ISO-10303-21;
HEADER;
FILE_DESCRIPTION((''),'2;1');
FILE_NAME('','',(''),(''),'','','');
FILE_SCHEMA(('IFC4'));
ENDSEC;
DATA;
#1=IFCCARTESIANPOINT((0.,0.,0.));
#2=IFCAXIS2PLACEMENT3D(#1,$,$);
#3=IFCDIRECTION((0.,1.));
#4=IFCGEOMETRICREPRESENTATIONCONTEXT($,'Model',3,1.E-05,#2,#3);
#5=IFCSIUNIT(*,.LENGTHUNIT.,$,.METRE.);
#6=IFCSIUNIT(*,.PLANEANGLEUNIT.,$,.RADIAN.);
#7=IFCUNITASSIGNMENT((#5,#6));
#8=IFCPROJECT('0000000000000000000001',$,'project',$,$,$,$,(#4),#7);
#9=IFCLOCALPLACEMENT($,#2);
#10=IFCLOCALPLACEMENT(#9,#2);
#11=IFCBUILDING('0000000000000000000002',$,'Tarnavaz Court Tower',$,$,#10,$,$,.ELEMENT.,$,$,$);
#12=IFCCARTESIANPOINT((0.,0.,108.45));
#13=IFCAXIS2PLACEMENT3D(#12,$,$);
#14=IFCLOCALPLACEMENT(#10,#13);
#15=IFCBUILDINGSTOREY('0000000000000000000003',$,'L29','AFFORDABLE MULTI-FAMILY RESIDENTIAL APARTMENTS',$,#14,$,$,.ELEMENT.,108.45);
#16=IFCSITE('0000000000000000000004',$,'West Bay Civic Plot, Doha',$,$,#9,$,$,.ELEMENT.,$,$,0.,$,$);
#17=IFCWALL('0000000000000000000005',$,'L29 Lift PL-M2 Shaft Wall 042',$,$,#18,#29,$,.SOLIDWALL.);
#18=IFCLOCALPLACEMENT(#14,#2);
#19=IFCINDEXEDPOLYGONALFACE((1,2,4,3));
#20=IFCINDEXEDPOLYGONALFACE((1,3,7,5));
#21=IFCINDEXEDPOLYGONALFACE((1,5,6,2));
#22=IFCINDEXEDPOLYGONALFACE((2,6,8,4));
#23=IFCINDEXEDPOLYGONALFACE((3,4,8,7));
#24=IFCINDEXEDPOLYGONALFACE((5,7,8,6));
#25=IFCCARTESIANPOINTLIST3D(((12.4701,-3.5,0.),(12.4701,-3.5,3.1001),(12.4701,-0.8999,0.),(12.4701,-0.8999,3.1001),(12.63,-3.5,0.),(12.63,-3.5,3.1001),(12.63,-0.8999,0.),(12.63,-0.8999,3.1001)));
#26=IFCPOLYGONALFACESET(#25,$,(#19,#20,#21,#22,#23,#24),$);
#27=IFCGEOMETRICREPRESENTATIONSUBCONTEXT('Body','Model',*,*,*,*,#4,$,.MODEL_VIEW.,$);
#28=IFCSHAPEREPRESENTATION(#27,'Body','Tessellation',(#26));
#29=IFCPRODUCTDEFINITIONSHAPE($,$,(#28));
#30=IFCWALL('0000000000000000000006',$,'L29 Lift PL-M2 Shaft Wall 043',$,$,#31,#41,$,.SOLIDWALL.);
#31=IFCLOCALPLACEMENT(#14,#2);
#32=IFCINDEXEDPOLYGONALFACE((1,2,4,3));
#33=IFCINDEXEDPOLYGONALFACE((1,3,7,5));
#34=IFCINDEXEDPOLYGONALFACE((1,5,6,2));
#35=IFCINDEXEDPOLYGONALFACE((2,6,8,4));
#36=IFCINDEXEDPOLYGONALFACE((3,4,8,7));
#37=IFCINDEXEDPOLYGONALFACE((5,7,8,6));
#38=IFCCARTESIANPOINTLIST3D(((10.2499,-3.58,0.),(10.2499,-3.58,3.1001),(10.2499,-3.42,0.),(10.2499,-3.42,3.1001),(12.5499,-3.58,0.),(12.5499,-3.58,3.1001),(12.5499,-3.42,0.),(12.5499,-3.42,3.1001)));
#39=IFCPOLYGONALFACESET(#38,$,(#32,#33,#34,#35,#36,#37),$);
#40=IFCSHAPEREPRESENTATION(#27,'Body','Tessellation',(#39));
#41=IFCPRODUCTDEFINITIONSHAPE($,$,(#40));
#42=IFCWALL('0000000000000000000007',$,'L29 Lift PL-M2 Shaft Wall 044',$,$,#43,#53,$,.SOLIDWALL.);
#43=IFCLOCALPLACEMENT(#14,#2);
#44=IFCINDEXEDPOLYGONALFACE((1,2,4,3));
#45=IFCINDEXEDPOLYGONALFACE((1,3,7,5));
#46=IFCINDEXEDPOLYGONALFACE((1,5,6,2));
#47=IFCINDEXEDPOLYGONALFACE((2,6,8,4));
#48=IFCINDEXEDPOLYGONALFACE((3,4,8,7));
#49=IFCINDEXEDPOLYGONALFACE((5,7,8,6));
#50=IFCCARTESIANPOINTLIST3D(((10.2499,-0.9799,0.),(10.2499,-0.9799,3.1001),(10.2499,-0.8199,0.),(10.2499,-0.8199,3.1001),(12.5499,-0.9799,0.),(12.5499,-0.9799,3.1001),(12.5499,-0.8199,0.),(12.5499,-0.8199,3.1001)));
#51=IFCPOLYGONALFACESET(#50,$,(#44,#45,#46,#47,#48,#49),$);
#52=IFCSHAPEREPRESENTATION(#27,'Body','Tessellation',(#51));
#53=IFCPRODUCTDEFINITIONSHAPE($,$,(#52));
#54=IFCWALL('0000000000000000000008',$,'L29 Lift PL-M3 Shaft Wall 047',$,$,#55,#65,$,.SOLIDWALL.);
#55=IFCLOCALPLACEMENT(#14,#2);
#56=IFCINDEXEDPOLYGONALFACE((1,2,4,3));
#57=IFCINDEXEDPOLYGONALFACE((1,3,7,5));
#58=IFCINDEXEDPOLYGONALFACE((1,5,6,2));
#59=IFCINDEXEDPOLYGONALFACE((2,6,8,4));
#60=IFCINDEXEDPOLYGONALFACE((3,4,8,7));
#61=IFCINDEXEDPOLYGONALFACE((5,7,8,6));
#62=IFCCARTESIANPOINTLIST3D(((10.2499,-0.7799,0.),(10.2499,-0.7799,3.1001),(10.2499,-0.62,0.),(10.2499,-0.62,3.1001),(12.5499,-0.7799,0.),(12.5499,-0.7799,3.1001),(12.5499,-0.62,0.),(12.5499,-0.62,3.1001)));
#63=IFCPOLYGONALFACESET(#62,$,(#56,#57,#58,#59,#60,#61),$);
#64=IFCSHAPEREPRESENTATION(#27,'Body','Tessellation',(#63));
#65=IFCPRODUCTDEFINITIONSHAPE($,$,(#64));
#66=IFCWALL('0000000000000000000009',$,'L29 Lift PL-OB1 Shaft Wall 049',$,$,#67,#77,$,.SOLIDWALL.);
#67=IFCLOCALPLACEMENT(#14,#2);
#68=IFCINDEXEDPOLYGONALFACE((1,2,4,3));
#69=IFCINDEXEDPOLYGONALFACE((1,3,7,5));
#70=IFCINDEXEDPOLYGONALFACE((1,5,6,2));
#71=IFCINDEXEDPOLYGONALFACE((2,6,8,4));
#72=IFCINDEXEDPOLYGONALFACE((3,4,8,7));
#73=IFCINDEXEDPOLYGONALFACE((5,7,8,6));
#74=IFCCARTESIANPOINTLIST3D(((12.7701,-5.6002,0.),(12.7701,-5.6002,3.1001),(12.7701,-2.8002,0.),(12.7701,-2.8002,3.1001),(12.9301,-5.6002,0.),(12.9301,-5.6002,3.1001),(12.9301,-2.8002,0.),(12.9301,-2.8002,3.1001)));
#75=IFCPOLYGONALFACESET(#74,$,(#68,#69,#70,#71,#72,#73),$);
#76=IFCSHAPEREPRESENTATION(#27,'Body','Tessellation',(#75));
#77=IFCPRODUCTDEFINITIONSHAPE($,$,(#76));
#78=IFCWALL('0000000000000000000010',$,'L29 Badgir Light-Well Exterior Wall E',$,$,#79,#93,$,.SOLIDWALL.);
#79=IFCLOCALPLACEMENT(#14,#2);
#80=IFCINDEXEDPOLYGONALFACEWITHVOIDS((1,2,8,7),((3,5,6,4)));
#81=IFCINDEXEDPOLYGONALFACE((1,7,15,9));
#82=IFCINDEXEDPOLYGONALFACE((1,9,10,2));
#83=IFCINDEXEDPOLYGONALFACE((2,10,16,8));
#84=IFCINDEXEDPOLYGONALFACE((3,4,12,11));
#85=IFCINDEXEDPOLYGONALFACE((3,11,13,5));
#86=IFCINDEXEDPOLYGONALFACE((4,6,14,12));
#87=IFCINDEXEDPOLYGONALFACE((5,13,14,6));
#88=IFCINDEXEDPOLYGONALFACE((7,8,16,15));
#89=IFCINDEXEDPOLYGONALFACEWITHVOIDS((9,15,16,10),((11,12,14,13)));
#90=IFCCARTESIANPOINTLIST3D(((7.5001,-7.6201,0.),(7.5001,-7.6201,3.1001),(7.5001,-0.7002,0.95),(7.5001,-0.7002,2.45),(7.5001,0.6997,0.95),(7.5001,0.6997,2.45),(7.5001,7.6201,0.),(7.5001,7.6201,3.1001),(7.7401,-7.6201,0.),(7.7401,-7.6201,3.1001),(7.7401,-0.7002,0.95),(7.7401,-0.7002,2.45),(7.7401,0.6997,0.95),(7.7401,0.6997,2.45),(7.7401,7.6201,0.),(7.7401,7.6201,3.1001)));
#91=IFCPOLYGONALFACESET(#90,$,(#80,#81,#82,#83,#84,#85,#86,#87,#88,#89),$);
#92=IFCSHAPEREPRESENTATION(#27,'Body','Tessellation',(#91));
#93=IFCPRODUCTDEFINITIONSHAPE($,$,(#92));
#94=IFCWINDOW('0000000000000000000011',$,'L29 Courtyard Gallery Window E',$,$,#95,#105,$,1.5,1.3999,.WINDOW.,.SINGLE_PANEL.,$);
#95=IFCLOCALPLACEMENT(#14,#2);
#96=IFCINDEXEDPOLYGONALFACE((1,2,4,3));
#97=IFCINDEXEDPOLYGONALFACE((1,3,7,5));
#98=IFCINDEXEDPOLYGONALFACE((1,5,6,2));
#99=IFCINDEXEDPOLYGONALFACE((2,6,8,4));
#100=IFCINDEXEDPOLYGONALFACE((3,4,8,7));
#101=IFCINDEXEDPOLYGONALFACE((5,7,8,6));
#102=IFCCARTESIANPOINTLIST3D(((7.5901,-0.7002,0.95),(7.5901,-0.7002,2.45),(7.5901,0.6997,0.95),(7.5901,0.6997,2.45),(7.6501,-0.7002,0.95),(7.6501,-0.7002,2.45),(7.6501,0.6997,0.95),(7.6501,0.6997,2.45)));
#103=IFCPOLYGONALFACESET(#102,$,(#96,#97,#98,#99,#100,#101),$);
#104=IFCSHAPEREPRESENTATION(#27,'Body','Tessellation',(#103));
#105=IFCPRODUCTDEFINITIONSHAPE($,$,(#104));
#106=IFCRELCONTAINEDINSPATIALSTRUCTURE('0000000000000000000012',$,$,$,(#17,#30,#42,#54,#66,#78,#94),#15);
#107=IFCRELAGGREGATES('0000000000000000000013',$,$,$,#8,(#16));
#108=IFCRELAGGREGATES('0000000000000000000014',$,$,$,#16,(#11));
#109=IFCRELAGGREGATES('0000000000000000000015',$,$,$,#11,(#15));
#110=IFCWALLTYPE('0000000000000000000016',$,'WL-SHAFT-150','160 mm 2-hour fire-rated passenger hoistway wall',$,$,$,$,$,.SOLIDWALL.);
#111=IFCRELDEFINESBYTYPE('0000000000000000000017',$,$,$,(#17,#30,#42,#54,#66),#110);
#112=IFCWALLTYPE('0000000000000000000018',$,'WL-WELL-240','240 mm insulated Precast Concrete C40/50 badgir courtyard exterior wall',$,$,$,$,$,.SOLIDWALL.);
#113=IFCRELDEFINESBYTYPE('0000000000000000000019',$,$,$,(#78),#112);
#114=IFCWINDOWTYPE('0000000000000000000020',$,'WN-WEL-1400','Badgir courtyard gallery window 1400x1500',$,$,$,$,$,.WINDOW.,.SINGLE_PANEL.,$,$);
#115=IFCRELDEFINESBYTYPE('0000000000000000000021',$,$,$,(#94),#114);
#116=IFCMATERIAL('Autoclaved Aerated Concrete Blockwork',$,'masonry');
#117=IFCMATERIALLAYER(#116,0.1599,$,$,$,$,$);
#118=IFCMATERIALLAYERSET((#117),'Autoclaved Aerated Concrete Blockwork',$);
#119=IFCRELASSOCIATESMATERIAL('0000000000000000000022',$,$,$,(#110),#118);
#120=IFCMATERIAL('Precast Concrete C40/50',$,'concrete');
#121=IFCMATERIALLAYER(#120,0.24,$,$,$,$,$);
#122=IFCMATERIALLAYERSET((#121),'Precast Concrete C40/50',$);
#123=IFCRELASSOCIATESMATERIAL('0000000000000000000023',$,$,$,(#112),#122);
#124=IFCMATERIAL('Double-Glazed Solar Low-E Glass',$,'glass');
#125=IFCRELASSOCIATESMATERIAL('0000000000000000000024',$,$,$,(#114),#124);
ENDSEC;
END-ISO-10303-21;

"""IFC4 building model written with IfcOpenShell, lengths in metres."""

from ifc_helpers import new_model, si_unit, direction, frame, frame_2d, origin, place, context, subcontext, project, spatial, rectangle, extrude, material, layer, layer_set, type_object, element, fill, save


model = new_model("IFC4")

# Units and contexts
model_context = context("Model", 3, precision=1e-05, world=origin(), true_north=direction((0.0, 1.0)))
body_context = subcontext(model_context, "Body", "Model", "MODEL_VIEW")
ifc_project = project(units=[si_unit("LENGTHUNIT", "METRE"), si_unit("PLANEANGLEUNIT", "RADIAN")], contexts=[model_context])

# Site, building, storey
site_placement = place(None, origin())
site = spatial("IfcSite", under=ifc_project, at=site_placement, Name="West Bay Civic Plot, Doha", CompositionType="ELEMENT", RefElevation=0.0)
building_placement = place(site_placement, origin())
building = spatial("IfcBuilding", under=site, at=building_placement, Name="Tarnavaz Court Tower", CompositionType="ELEMENT")
storey_placement = place(building_placement, frame((0.0, 0.0, 108.45)))
storey = spatial("IfcBuildingStorey", under=building, at=storey_placement, Name="L29", Description="AFFORDABLE MULTI-FAMILY RESIDENTIAL APARTMENTS", CompositionType="ELEMENT", Elevation=108.45)

# Shared definitions
ifc_material_1 = material(Name="Autoclaved Aerated Concrete Blockwork", Category="masonry")
ifc_layer_1 = layer(ifc_material_1, 0.1599)
ifc_layer_set_1 = layer_set([ifc_layer_1], Name="Autoclaved Aerated Concrete Blockwork")
wall_type_1 = type_object("IfcWallType", Name="WL-SHAFT-150", Description="160 mm 2-hour fire-rated passenger hoistway wall", PredefinedType="SOLIDWALL", material=ifc_layer_set_1)

# Walls
wall_1_placement = place(storey_placement, frame((12.55, -3.5, 0.0), z_axis=(0.0, 0.0, 1.0), x_axis=(0.0, 1.0, 0.0)))
element("IfcWall", 1, at=wall_1_placement, inside=storey, type_object=wall_type_1, Name="L29 Lift PL-M2 Shaft Wall 042", PredefinedType="SOLIDWALL", context=body_context, shape_type="SweptSolid", body=[
    extrude(rectangle(XDim=2.6001, YDim=0.1599, at=frame_2d((1.3, 0.0))), origin(), (0.0, 0.0, 1.0), 3.1001),
])
for number, where, z_axis, x_axis, name in (
    (2, (10.25, -3.5, 0.0), (0.0, 0.0, 1.0), (1.0, 0.0, 0.0), "L29 Lift PL-M2 Shaft Wall 043"),
    (3, (10.25, -0.8999, 0.0), (0.0, 0.0, 1.0), (1.0, 0.0, 0.0), "L29 Lift PL-M2 Shaft Wall 044"),
):
    element("IfcWall", number, at=place(storey_placement, frame(where, z_axis=z_axis, x_axis=x_axis)), inside=storey, type_object=wall_type_1, Name=name, PredefinedType="SOLIDWALL", context=body_context, shape_type="SweptSolid", body=[
        extrude(rectangle(XDim=2.3, YDim=0.1599, at=frame_2d((1.1499, 0.0))), origin(), (0.0, 0.0, 1.0), 3.1001),
    ])

# Walls
wall_2_placement = place(storey_placement, frame((10.25, -0.7, 0.0), z_axis=(0.0, 0.0, 1.0), x_axis=(1.0, 0.0, 0.0)))
element("IfcWall", 4, at=wall_2_placement, inside=storey, type_object=wall_type_1, Name="L29 Lift PL-M3 Shaft Wall 047", PredefinedType="SOLIDWALL", context=body_context, shape_type="SweptSolid", body=[
    extrude(rectangle(XDim=2.3, YDim=0.1599, at=frame_2d((1.1499, 0.0))), origin(), (0.0, 0.0, 1.0), 3.1001),
])
wall_3_placement = place(storey_placement, frame((12.8501, -5.6001, 0.0), z_axis=(0.0, 0.0, 1.0), x_axis=(0.0, 1.0, 0.0)))
element("IfcWall", 5, at=wall_3_placement, inside=storey, type_object=wall_type_1, Name="L29 Lift PL-OB1 Shaft Wall 049", PredefinedType="SOLIDWALL", context=body_context, shape_type="SweptSolid", body=[
    extrude(rectangle(XDim=2.8, YDim=0.1599, at=frame_2d((1.3999, 0.0))), origin(), (0.0, 0.0, 1.0), 3.1001),
])

# Wall, opening, window
ifc_material_2 = material(Name="Precast Concrete C40/50", Category="concrete")
ifc_layer_2 = layer(ifc_material_2, 0.24)
ifc_layer_set_2 = layer_set([ifc_layer_2], Name="Precast Concrete C40/50")
wall_type_2 = type_object("IfcWallType", Name="WL-WELL-240", Description="240 mm insulated Precast Concrete C40/50 badgir courtyard exterior wall", PredefinedType="SOLIDWALL", material=ifc_layer_set_2)
wall_4_placement = place(storey_placement, frame((7.6201, -7.6201, 0.0), z_axis=(0.0, 0.0, 1.0), x_axis=(0.0, 1.0, 0.0)))
wall_4 = element("IfcWall", 6, at=wall_4_placement, inside=storey, type_object=wall_type_2, Name="L29 Badgir Light-Well Exterior Wall E", PredefinedType="SOLIDWALL", context=body_context, shape_type="SweptSolid", body=[
    extrude(rectangle(XDim=15.2402, YDim=0.24, at=frame_2d((7.6201, 0.0))), origin(), (0.0, 0.0, 1.0), 3.1001),
])
opening_1_placement = place(wall_4_placement, frame((6.9199, 0.0, 0.95)))
opening_1 = element("IfcOpeningElement", 7, at=opening_1_placement, cuts=wall_4, PredefinedType="OPENING", context=body_context, shape_type="SweptSolid", body=[
    extrude(rectangle(XDim=1.3999, YDim=1.5, at=frame_2d((0.7, 0.75))), frame((0.0, 0.1299, 0.0), z_axis=(0.0, -1.0, 0.0), x_axis=(1.0, 0.0, 0.0)), (0.0, 0.0, 1.0), 0.26),
])
ifc_material_3 = material(Name="Double-Glazed Solar Low-E Glass", Category="glass")
window_type = type_object("IfcWindowType", Name="WN-WEL-1400", Description="Badgir courtyard gallery window 1400x1500", PartitioningType="SINGLE_PANEL", PredefinedType="WINDOW", material=ifc_material_3)
window_placement = place(opening_1_placement, origin())
window = element("IfcWindow", 8, at=window_placement, inside=storey, type_object=window_type, Name="L29 Courtyard Gallery Window E", OverallHeight=1.5, OverallWidth=1.3999, PartitioningType="SINGLE_PANEL", PredefinedType="WINDOW", context=body_context, shape_type="SweptSolid", body=[
    extrude(rectangle(XDim=1.3999, YDim=1.5, at=frame_2d((0.7, 0.75))), frame((0.0, 0.03, 0.0), z_axis=(0.0, -1.0, 0.0), x_axis=(1.0, 0.0, 0.0)), (0.0, 0.0, 1.0), 0.0601),
])
fill(opening_1, window)

save(model, "model.ifc")
